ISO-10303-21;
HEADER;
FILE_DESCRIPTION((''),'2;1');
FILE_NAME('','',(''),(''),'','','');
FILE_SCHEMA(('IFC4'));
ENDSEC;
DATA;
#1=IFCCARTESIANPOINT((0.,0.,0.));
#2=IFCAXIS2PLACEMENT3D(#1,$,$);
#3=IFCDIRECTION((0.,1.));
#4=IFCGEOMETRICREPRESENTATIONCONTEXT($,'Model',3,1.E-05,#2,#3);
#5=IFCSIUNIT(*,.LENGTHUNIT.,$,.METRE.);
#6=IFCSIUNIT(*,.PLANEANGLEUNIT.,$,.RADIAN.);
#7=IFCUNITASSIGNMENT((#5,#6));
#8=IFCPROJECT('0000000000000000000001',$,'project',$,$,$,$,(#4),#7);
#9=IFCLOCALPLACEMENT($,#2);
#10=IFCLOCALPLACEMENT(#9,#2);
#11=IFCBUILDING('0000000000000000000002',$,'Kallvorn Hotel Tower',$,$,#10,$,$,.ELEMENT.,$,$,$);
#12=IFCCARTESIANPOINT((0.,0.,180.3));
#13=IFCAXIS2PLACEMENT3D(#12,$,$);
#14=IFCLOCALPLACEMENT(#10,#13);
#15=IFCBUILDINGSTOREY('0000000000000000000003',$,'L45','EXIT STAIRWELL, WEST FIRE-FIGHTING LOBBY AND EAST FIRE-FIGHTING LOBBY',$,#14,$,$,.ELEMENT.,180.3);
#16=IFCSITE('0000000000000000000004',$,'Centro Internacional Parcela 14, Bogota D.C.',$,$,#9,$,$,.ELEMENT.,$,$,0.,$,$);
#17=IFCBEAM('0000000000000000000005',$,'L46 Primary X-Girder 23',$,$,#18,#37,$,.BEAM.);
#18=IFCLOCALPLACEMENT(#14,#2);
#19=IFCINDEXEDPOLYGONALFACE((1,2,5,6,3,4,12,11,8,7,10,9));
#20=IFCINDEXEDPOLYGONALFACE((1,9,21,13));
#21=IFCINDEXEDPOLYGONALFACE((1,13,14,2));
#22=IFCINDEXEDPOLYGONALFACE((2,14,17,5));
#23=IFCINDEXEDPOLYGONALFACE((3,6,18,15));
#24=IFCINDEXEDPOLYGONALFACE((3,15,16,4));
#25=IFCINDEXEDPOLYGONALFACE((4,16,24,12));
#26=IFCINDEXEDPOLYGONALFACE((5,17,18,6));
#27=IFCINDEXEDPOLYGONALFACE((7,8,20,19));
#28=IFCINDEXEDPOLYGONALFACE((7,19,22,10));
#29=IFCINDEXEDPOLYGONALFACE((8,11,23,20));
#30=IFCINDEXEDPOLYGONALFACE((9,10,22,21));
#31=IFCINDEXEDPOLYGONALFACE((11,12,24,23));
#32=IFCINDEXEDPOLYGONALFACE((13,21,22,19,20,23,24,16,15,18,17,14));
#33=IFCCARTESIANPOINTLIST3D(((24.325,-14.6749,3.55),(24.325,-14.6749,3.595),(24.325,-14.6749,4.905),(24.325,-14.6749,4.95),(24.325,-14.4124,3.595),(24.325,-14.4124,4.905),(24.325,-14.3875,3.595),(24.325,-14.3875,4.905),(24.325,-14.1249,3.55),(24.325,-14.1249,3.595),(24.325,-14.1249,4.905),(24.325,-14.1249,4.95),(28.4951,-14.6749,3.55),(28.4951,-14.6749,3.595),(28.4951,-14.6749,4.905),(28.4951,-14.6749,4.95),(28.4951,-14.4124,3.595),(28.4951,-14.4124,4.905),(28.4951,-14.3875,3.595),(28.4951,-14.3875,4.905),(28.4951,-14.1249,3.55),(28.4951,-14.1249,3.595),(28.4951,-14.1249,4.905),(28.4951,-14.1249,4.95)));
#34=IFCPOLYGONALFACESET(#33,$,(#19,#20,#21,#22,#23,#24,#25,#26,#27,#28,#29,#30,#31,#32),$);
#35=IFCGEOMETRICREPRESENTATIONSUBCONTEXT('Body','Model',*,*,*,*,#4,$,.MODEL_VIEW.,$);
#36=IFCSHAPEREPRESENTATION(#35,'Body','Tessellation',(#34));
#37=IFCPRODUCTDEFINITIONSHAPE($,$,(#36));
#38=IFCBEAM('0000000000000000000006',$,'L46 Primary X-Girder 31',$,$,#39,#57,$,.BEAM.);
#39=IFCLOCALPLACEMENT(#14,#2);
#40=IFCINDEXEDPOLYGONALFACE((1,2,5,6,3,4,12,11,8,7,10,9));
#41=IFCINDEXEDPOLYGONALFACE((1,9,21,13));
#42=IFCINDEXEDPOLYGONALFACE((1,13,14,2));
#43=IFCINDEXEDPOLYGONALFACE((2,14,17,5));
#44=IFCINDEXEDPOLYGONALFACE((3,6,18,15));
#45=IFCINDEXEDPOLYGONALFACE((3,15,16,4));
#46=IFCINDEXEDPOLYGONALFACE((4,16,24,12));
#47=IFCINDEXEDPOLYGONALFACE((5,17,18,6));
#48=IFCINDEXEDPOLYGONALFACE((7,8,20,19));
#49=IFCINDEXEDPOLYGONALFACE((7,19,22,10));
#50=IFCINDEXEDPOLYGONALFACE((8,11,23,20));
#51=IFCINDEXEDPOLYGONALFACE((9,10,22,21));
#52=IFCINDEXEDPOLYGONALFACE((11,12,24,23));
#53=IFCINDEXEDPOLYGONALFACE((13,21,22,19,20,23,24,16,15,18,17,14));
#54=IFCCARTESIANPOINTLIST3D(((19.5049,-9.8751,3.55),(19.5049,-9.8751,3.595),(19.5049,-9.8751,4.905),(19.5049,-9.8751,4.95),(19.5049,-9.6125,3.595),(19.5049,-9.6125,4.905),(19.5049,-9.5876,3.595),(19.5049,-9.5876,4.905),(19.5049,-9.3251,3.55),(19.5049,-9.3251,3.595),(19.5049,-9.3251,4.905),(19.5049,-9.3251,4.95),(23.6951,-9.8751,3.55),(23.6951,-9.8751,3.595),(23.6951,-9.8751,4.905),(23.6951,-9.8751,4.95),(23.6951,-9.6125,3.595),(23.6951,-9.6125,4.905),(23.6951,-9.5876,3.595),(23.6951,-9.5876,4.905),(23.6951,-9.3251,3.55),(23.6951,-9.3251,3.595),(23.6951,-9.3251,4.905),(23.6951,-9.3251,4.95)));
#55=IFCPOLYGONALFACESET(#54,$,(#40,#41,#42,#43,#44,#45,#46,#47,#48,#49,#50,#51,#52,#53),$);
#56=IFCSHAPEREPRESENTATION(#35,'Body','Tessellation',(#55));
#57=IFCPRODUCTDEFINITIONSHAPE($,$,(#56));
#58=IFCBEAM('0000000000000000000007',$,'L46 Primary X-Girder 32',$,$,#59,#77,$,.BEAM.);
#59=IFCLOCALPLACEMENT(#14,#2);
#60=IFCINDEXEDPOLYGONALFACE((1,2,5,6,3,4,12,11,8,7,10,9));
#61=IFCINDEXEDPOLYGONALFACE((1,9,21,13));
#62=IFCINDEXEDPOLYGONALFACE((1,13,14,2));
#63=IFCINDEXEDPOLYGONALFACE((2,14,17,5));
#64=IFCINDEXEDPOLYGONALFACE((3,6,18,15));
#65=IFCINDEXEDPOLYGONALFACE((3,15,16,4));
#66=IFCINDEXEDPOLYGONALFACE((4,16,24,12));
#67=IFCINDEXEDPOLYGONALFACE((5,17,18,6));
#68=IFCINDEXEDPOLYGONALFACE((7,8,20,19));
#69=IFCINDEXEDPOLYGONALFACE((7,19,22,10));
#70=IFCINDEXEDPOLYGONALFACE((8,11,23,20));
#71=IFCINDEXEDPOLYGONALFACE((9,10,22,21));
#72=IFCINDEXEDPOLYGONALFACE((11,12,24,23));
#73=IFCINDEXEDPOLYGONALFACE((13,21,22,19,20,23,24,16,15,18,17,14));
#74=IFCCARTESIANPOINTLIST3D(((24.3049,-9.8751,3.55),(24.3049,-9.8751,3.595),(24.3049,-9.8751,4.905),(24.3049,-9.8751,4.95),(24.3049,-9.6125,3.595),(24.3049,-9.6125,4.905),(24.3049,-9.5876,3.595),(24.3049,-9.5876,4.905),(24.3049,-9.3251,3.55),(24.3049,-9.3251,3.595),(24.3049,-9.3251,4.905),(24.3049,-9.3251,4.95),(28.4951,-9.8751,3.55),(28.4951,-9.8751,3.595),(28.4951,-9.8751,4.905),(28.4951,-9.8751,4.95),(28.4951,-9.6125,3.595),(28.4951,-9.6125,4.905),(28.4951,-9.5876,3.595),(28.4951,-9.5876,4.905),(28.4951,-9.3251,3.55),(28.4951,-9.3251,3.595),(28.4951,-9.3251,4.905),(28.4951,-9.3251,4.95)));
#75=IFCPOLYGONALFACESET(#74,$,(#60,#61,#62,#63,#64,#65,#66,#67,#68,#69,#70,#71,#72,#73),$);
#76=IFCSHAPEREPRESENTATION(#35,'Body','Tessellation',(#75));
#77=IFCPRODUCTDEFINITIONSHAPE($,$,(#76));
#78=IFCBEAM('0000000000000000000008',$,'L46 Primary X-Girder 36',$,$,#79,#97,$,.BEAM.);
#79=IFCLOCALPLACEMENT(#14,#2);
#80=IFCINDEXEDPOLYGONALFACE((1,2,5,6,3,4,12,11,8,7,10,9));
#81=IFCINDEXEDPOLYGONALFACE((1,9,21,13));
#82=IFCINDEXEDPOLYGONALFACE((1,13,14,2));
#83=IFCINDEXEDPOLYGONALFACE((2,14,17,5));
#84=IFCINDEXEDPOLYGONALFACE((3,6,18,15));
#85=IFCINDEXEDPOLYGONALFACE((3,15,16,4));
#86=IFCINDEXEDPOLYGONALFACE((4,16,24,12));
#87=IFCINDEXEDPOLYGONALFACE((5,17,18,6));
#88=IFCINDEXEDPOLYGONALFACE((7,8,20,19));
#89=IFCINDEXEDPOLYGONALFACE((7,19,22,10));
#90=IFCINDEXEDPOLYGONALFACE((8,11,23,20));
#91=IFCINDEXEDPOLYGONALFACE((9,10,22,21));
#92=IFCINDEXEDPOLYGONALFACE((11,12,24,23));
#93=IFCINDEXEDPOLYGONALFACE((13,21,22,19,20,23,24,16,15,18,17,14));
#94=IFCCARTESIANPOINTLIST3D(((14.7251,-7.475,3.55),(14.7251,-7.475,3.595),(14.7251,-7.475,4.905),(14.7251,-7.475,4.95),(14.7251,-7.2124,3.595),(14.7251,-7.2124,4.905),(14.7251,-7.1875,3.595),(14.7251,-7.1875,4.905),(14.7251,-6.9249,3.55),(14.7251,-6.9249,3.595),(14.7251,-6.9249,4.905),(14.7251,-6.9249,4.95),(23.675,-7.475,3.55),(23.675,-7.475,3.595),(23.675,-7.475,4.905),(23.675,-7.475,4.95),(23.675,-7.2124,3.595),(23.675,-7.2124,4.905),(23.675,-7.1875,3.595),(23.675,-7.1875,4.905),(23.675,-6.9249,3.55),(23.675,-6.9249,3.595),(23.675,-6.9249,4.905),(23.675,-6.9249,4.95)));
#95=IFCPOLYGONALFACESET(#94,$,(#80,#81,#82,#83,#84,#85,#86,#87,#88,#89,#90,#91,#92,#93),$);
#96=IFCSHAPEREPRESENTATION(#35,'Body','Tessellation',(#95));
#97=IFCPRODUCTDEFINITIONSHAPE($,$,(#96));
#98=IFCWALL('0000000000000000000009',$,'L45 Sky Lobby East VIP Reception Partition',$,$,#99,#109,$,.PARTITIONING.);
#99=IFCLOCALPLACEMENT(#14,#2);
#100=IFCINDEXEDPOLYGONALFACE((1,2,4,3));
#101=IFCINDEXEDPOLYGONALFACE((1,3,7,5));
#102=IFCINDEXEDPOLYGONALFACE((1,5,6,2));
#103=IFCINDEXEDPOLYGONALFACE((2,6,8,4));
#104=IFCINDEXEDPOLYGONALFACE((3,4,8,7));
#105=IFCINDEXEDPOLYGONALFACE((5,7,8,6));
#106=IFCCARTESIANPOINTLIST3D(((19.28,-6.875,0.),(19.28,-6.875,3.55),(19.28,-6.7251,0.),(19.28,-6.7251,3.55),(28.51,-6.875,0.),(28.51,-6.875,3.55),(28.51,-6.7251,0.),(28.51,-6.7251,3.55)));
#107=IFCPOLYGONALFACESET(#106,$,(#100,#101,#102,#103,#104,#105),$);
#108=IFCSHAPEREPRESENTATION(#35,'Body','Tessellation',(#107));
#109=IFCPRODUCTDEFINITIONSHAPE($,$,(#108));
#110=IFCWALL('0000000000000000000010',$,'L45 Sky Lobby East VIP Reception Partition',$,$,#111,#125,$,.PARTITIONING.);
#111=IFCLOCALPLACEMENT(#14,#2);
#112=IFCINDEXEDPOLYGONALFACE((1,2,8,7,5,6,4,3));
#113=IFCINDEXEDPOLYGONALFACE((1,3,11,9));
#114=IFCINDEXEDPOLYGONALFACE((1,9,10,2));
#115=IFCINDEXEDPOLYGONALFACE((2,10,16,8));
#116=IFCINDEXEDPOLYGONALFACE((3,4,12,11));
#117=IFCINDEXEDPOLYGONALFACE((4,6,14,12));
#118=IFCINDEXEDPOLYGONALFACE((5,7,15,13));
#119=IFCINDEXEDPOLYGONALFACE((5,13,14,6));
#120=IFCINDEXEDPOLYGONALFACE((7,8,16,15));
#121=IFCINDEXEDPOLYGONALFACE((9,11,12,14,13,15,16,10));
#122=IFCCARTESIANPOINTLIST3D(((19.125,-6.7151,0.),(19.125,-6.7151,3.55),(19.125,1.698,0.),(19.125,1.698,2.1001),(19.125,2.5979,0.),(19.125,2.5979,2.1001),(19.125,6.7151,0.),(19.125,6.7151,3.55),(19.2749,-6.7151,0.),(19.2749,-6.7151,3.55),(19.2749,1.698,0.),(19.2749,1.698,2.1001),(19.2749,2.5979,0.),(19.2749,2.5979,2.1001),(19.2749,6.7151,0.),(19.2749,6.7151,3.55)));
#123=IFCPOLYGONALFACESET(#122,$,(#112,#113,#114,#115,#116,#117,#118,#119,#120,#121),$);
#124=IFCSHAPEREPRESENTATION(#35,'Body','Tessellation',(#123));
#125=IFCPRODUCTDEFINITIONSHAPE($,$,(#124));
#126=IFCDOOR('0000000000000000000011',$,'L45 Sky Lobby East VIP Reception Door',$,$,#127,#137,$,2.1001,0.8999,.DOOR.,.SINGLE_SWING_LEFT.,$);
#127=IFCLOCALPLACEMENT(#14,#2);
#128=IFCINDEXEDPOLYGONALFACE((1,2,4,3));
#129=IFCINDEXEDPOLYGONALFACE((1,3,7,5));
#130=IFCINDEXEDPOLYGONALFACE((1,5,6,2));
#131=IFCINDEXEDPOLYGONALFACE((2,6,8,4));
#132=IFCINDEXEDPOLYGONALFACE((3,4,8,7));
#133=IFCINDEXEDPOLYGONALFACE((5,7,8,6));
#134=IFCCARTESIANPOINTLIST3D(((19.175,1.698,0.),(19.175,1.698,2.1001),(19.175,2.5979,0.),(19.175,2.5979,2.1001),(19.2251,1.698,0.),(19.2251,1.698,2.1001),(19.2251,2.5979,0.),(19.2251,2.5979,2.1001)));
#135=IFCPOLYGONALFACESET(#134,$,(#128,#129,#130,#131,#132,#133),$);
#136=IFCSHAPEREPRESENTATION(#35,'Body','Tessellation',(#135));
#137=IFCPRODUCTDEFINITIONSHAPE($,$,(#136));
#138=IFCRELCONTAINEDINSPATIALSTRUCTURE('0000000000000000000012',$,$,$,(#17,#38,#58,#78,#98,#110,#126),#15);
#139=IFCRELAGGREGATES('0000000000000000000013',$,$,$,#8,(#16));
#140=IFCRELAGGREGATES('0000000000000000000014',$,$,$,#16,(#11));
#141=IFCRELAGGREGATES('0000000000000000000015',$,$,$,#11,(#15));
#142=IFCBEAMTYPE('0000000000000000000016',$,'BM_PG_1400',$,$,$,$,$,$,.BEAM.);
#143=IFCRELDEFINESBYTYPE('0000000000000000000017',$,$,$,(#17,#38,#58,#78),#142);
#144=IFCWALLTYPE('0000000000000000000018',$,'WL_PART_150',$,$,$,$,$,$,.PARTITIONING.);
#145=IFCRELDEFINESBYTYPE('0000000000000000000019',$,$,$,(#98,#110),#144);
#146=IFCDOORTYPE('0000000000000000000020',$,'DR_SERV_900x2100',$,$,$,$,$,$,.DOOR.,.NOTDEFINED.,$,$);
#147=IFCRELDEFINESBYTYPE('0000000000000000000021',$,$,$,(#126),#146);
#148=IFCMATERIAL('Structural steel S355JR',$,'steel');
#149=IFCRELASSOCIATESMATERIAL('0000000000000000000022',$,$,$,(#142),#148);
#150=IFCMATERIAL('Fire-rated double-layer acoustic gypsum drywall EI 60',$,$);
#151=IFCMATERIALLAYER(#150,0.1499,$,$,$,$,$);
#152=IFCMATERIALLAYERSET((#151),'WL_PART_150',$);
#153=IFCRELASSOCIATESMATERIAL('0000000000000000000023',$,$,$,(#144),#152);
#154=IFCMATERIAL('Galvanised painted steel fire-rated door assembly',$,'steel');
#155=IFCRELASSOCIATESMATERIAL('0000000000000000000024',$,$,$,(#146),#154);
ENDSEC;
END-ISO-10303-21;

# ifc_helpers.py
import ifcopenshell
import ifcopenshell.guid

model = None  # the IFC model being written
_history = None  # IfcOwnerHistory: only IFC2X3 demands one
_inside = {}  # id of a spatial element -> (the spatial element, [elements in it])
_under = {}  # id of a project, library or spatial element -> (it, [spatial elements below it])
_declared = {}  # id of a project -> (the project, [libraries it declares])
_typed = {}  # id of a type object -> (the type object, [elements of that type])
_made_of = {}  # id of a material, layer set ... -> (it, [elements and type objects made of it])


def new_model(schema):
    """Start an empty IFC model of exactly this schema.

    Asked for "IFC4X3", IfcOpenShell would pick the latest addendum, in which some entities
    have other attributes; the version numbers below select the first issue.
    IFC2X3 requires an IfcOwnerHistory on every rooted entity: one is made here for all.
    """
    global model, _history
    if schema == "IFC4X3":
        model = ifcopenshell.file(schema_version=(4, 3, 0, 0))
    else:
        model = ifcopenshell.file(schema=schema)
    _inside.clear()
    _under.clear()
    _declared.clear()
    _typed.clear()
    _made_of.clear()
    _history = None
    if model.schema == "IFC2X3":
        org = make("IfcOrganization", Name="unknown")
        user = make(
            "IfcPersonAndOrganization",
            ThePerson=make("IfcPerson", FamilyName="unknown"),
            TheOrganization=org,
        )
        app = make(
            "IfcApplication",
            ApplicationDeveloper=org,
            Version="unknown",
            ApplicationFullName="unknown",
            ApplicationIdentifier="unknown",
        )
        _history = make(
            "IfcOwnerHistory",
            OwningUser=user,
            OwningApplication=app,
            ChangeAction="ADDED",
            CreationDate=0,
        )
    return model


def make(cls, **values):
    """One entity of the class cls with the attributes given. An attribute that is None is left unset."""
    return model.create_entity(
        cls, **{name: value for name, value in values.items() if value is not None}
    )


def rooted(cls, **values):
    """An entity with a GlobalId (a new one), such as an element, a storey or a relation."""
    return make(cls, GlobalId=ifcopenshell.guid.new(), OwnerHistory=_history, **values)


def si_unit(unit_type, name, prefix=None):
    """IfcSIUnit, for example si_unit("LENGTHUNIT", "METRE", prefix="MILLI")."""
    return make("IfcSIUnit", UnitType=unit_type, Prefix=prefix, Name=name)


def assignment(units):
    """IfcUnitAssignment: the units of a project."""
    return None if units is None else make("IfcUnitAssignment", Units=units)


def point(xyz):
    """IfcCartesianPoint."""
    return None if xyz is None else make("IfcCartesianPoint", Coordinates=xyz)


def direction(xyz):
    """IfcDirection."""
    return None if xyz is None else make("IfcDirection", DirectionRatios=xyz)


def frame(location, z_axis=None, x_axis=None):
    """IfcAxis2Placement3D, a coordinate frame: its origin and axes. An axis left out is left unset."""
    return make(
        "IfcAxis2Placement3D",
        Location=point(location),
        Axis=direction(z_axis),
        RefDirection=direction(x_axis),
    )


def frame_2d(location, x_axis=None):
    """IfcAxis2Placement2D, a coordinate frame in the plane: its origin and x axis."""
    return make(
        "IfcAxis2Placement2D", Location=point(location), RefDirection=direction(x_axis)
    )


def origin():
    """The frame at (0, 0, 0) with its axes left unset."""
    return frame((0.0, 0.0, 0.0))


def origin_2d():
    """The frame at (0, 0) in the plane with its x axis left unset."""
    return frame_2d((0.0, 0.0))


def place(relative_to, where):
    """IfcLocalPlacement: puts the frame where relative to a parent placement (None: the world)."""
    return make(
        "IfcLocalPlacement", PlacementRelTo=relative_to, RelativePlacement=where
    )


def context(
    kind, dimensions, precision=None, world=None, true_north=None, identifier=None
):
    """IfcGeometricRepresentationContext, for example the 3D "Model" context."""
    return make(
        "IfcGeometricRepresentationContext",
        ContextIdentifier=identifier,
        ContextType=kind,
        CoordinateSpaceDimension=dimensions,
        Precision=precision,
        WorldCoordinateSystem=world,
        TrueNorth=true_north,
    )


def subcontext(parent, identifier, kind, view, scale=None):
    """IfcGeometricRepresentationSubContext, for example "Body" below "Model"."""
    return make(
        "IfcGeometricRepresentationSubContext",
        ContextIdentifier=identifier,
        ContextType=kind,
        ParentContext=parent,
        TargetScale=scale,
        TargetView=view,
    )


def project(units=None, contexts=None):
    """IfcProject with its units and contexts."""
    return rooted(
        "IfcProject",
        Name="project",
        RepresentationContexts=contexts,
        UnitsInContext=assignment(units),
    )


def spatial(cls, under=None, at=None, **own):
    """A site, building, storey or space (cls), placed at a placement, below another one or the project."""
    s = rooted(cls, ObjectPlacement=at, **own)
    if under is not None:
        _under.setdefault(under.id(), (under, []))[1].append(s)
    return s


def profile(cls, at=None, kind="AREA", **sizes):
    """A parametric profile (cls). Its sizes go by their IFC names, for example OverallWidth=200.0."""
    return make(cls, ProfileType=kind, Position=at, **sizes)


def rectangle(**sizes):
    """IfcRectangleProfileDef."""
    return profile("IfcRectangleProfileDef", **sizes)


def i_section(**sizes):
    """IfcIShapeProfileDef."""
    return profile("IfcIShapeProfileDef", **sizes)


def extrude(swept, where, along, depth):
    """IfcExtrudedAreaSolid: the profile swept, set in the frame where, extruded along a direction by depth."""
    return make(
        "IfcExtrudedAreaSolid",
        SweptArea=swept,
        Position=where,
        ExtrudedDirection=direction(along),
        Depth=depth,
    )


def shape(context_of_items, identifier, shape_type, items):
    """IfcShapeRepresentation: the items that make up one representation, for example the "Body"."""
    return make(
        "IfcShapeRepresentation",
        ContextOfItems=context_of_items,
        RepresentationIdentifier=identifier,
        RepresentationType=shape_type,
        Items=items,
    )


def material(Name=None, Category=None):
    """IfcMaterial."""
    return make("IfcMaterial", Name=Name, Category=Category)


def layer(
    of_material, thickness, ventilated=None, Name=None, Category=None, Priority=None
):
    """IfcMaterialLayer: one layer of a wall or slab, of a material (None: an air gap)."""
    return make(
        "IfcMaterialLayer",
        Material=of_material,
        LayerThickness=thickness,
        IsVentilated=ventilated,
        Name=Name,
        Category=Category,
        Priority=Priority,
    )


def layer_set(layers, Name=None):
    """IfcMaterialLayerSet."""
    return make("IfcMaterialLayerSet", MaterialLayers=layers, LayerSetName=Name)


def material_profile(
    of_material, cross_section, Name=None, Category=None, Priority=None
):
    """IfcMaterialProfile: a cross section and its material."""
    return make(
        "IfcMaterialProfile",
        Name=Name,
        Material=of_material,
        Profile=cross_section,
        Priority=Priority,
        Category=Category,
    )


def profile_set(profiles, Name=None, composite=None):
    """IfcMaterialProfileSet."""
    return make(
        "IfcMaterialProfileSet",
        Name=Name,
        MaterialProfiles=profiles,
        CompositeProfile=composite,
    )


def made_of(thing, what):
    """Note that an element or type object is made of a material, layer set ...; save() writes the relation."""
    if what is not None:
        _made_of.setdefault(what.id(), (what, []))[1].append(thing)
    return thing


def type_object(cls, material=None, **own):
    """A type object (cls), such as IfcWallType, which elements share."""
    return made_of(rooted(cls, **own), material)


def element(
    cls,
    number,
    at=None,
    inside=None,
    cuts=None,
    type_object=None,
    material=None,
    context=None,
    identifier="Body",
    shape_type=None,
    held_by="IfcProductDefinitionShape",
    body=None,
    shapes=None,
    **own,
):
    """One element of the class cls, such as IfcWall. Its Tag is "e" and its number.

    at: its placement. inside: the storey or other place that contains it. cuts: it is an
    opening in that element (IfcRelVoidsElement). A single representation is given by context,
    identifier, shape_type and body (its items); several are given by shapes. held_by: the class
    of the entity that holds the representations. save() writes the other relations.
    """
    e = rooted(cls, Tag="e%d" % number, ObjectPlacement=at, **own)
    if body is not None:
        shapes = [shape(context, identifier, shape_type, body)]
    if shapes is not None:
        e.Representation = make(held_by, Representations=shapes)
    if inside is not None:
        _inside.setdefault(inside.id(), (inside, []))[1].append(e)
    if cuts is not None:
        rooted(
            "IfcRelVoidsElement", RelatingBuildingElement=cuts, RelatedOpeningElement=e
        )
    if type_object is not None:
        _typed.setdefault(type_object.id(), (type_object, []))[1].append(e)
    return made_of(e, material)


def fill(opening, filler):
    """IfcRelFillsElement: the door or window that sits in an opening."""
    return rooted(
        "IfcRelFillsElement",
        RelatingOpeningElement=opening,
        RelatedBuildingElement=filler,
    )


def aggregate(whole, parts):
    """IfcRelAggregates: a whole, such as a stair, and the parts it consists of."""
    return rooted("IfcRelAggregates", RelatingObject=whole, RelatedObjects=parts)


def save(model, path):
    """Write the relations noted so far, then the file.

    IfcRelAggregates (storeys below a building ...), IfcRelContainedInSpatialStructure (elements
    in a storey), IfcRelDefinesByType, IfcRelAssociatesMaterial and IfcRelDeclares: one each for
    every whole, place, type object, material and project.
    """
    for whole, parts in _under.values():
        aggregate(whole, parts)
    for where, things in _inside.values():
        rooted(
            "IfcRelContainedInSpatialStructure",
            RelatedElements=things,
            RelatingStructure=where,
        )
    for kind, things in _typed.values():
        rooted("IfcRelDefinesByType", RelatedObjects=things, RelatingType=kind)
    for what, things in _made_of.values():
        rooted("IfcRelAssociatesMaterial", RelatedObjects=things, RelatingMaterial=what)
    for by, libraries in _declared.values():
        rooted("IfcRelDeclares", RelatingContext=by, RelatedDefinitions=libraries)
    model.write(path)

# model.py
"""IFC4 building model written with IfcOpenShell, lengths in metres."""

from ifc_helpers import new_model, si_unit, direction, frame, frame_2d, origin, origin_2d, place, context, subcontext, project, spatial, rectangle, i_section, extrude, material, layer, layer_set, material_profile, profile_set, type_object, element, fill, save


model = new_model("IFC4")

# Units and contexts
model_context = context("Model", 3, precision=1e-05, world=origin(), true_north=direction((0.0, 1.0)))
body_context = subcontext(model_context, "Body", "Model", "MODEL_VIEW")
ifc_project = project(units=[si_unit("LENGTHUNIT", "METRE"), si_unit("PLANEANGLEUNIT", "RADIAN")], contexts=[model_context])

# Site, building, storey
site_placement = place(None, origin())
site = spatial("IfcSite", under=ifc_project, at=site_placement, Name="Centro Internacional Parcela 14, Bogota D.C.", CompositionType="ELEMENT", RefElevation=0.0)
building_placement = place(site_placement, origin())
building = spatial("IfcBuilding", under=site, at=building_placement, Name="Kallvorn Hotel Tower", CompositionType="ELEMENT")
storey_placement = place(building_placement, frame((0.0, 0.0, 180.3)))
storey = spatial("IfcBuildingStorey", under=building, at=storey_placement, Name="L45", Description="EXIT STAIRWELL, WEST FIRE-FIGHTING LOBBY AND EAST FIRE-FIGHTING LOBBY", CompositionType="ELEMENT", Elevation=180.3)

# Beams
ifc_material_1 = material(Name="Structural steel S355JR", Category="steel")
ifc_material_profile_1 = material_profile(ifc_material_1, i_section(OverallWidth=0.55, OverallDepth=1.3999, WebThickness=0.0249, FlangeThickness=0.0449, at=origin_2d()), Name="PG 1400x550x25x45")
ifc_profile_set_1 = profile_set([ifc_material_profile_1], Name="Structural steel S355JR")
beam_type_1 = type_object("IfcBeamType", Name="BM_PG_1400", PredefinedType="BEAM", material=ifc_profile_set_1)
for number, where, z_axis, x_axis, name in (
    (1, (24.325, -14.3999, 4.25), (1.0, 0.0, 0.0), (0.0, 1.0, 0.0), "L46 Primary X-Girder 23"),
):
    element("IfcBeam", number, at=place(storey_placement, frame(where, z_axis=z_axis, x_axis=x_axis)), inside=storey, type_object=beam_type_1, Name=name, PredefinedType="BEAM", context=body_context, shape_type="SweptSolid", body=[
        extrude(i_section(OverallWidth=0.55, OverallDepth=1.3999, WebThickness=0.0249, FlangeThickness=0.0449, at=origin_2d()), origin(), (0.0, 0.0, 1.0), 4.1702),
    ])
for number, where, z_axis, x_axis, name in (
    (2, (19.5049, -9.6001, 4.25), (1.0, 0.0, 0.0), (0.0, 1.0, 0.0), "L46 Primary X-Girder 31"),
    (3, (24.3049, -9.6001, 4.25), (1.0, 0.0, 0.0), (0.0, 1.0, 0.0), "L46 Primary X-Girder 32"),
):
    element("IfcBeam", number, at=place(storey_placement, frame(where, z_axis=z_axis, x_axis=x_axis)), inside=storey, type_object=beam_type_1, Name=name, PredefinedType="BEAM", context=body_context, shape_type="SweptSolid", body=[
        extrude(i_section(OverallWidth=0.55, OverallDepth=1.3999, WebThickness=0.0249, FlangeThickness=0.0449, at=origin_2d()), origin(), (0.0, 0.0, 1.0), 4.1902),
    ])
beam_1_placement = place(storey_placement, frame((14.7251, -7.2, 4.25), z_axis=(1.0, 0.0, 0.0), x_axis=(0.0, 1.0, 0.0)))
element("IfcBeam", 4, at=beam_1_placement, inside=storey, type_object=beam_type_1, Name="L46 Primary X-Girder 36", PredefinedType="BEAM", context=body_context, shape_type="SweptSolid", body=[
    extrude(i_section(OverallWidth=0.55, OverallDepth=1.3999, WebThickness=0.0249, FlangeThickness=0.0449, at=origin_2d()), origin(), (0.0, 0.0, 1.0), 8.95),
])

# Wall
ifc_material_2 = material(Name="Fire-rated double-layer acoustic gypsum drywall EI 60")
ifc_layer = layer(ifc_material_2, 0.1499)
ifc_layer_set = layer_set([ifc_layer], Name="WL_PART_150")
wall_type = type_object("IfcWallType", Name="WL_PART_150", PredefinedType="PARTITIONING", material=ifc_layer_set)
wall_1_placement = place(storey_placement, frame((19.28, -6.8, 0.0), z_axis=(0.0, 0.0, 1.0), x_axis=(1.0, 0.0, 0.0)))
element("IfcWall", 5, at=wall_1_placement, inside=storey, type_object=wall_type, Name="L45 Sky Lobby East VIP Reception Partition", PredefinedType="PARTITIONING", context=body_context, shape_type="SweptSolid", body=[
    extrude(rectangle(XDim=9.23, YDim=0.1499, at=frame_2d((4.615, 0.0))), origin(), (0.0, 0.0, 1.0), 3.55),
])

# Wall, opening, door
wall_2_placement = place(storey_placement, frame((19.2, -6.7151, 0.0), z_axis=(0.0, 0.0, 1.0), x_axis=(0.0, 1.0, 0.0)))
wall_2 = element("IfcWall", 6, at=wall_2_placement, inside=storey, type_object=wall_type, Name="L45 Sky Lobby East VIP Reception Partition", PredefinedType="PARTITIONING", context=body_context, shape_type="SweptSolid", body=[
    extrude(rectangle(XDim=13.4302, YDim=0.1499, at=frame_2d((6.7151, 0.0))), origin(), (0.0, 0.0, 1.0), 3.55),
])
opening_placement = place(wall_2_placement, frame((8.4131, 0.0, 0.0)))
opening = element("IfcOpeningElement", 7, at=opening_placement, cuts=wall_2, PredefinedType="OPENING", context=body_context, shape_type="SweptSolid", body=[
    extrude(rectangle(XDim=0.8999, YDim=2.1001, at=frame_2d((0.45, 1.05))), frame((0.0, 0.0898, 0.0), z_axis=(0.0, -1.0, 0.0), x_axis=(1.0, 0.0, 0.0)), (0.0, 0.0, 1.0), 0.1799),
])
ifc_material_3 = material(Name="Galvanised painted steel fire-rated door assembly", Category="steel")
door_type = type_object("IfcDoorType", Name="DR_SERV_900x2100", OperationType="NOTDEFINED", PredefinedType="DOOR", material=ifc_material_3)
door_placement = place(opening_placement, origin())
door = element("IfcDoor", 8, at=door_placement, inside=storey, type_object=door_type, Name="L45 Sky Lobby East VIP Reception Door", OperationType="SINGLE_SWING_LEFT", OverallHeight=2.1001, OverallWidth=0.8999, PredefinedType="DOOR", context=body_context, shape_type="SweptSolid", body=[
    extrude(rectangle(XDim=0.8999, YDim=2.1001, at=frame_2d((0.45, 1.05))), frame((0.0, 0.0249, 0.0), z_axis=(0.0, -1.0, 0.0), x_axis=(1.0, 0.0, 0.0)), (0.0, 0.0, 1.0), 0.05),
])
fill(opening, door)

save(model, "model.ifc")
